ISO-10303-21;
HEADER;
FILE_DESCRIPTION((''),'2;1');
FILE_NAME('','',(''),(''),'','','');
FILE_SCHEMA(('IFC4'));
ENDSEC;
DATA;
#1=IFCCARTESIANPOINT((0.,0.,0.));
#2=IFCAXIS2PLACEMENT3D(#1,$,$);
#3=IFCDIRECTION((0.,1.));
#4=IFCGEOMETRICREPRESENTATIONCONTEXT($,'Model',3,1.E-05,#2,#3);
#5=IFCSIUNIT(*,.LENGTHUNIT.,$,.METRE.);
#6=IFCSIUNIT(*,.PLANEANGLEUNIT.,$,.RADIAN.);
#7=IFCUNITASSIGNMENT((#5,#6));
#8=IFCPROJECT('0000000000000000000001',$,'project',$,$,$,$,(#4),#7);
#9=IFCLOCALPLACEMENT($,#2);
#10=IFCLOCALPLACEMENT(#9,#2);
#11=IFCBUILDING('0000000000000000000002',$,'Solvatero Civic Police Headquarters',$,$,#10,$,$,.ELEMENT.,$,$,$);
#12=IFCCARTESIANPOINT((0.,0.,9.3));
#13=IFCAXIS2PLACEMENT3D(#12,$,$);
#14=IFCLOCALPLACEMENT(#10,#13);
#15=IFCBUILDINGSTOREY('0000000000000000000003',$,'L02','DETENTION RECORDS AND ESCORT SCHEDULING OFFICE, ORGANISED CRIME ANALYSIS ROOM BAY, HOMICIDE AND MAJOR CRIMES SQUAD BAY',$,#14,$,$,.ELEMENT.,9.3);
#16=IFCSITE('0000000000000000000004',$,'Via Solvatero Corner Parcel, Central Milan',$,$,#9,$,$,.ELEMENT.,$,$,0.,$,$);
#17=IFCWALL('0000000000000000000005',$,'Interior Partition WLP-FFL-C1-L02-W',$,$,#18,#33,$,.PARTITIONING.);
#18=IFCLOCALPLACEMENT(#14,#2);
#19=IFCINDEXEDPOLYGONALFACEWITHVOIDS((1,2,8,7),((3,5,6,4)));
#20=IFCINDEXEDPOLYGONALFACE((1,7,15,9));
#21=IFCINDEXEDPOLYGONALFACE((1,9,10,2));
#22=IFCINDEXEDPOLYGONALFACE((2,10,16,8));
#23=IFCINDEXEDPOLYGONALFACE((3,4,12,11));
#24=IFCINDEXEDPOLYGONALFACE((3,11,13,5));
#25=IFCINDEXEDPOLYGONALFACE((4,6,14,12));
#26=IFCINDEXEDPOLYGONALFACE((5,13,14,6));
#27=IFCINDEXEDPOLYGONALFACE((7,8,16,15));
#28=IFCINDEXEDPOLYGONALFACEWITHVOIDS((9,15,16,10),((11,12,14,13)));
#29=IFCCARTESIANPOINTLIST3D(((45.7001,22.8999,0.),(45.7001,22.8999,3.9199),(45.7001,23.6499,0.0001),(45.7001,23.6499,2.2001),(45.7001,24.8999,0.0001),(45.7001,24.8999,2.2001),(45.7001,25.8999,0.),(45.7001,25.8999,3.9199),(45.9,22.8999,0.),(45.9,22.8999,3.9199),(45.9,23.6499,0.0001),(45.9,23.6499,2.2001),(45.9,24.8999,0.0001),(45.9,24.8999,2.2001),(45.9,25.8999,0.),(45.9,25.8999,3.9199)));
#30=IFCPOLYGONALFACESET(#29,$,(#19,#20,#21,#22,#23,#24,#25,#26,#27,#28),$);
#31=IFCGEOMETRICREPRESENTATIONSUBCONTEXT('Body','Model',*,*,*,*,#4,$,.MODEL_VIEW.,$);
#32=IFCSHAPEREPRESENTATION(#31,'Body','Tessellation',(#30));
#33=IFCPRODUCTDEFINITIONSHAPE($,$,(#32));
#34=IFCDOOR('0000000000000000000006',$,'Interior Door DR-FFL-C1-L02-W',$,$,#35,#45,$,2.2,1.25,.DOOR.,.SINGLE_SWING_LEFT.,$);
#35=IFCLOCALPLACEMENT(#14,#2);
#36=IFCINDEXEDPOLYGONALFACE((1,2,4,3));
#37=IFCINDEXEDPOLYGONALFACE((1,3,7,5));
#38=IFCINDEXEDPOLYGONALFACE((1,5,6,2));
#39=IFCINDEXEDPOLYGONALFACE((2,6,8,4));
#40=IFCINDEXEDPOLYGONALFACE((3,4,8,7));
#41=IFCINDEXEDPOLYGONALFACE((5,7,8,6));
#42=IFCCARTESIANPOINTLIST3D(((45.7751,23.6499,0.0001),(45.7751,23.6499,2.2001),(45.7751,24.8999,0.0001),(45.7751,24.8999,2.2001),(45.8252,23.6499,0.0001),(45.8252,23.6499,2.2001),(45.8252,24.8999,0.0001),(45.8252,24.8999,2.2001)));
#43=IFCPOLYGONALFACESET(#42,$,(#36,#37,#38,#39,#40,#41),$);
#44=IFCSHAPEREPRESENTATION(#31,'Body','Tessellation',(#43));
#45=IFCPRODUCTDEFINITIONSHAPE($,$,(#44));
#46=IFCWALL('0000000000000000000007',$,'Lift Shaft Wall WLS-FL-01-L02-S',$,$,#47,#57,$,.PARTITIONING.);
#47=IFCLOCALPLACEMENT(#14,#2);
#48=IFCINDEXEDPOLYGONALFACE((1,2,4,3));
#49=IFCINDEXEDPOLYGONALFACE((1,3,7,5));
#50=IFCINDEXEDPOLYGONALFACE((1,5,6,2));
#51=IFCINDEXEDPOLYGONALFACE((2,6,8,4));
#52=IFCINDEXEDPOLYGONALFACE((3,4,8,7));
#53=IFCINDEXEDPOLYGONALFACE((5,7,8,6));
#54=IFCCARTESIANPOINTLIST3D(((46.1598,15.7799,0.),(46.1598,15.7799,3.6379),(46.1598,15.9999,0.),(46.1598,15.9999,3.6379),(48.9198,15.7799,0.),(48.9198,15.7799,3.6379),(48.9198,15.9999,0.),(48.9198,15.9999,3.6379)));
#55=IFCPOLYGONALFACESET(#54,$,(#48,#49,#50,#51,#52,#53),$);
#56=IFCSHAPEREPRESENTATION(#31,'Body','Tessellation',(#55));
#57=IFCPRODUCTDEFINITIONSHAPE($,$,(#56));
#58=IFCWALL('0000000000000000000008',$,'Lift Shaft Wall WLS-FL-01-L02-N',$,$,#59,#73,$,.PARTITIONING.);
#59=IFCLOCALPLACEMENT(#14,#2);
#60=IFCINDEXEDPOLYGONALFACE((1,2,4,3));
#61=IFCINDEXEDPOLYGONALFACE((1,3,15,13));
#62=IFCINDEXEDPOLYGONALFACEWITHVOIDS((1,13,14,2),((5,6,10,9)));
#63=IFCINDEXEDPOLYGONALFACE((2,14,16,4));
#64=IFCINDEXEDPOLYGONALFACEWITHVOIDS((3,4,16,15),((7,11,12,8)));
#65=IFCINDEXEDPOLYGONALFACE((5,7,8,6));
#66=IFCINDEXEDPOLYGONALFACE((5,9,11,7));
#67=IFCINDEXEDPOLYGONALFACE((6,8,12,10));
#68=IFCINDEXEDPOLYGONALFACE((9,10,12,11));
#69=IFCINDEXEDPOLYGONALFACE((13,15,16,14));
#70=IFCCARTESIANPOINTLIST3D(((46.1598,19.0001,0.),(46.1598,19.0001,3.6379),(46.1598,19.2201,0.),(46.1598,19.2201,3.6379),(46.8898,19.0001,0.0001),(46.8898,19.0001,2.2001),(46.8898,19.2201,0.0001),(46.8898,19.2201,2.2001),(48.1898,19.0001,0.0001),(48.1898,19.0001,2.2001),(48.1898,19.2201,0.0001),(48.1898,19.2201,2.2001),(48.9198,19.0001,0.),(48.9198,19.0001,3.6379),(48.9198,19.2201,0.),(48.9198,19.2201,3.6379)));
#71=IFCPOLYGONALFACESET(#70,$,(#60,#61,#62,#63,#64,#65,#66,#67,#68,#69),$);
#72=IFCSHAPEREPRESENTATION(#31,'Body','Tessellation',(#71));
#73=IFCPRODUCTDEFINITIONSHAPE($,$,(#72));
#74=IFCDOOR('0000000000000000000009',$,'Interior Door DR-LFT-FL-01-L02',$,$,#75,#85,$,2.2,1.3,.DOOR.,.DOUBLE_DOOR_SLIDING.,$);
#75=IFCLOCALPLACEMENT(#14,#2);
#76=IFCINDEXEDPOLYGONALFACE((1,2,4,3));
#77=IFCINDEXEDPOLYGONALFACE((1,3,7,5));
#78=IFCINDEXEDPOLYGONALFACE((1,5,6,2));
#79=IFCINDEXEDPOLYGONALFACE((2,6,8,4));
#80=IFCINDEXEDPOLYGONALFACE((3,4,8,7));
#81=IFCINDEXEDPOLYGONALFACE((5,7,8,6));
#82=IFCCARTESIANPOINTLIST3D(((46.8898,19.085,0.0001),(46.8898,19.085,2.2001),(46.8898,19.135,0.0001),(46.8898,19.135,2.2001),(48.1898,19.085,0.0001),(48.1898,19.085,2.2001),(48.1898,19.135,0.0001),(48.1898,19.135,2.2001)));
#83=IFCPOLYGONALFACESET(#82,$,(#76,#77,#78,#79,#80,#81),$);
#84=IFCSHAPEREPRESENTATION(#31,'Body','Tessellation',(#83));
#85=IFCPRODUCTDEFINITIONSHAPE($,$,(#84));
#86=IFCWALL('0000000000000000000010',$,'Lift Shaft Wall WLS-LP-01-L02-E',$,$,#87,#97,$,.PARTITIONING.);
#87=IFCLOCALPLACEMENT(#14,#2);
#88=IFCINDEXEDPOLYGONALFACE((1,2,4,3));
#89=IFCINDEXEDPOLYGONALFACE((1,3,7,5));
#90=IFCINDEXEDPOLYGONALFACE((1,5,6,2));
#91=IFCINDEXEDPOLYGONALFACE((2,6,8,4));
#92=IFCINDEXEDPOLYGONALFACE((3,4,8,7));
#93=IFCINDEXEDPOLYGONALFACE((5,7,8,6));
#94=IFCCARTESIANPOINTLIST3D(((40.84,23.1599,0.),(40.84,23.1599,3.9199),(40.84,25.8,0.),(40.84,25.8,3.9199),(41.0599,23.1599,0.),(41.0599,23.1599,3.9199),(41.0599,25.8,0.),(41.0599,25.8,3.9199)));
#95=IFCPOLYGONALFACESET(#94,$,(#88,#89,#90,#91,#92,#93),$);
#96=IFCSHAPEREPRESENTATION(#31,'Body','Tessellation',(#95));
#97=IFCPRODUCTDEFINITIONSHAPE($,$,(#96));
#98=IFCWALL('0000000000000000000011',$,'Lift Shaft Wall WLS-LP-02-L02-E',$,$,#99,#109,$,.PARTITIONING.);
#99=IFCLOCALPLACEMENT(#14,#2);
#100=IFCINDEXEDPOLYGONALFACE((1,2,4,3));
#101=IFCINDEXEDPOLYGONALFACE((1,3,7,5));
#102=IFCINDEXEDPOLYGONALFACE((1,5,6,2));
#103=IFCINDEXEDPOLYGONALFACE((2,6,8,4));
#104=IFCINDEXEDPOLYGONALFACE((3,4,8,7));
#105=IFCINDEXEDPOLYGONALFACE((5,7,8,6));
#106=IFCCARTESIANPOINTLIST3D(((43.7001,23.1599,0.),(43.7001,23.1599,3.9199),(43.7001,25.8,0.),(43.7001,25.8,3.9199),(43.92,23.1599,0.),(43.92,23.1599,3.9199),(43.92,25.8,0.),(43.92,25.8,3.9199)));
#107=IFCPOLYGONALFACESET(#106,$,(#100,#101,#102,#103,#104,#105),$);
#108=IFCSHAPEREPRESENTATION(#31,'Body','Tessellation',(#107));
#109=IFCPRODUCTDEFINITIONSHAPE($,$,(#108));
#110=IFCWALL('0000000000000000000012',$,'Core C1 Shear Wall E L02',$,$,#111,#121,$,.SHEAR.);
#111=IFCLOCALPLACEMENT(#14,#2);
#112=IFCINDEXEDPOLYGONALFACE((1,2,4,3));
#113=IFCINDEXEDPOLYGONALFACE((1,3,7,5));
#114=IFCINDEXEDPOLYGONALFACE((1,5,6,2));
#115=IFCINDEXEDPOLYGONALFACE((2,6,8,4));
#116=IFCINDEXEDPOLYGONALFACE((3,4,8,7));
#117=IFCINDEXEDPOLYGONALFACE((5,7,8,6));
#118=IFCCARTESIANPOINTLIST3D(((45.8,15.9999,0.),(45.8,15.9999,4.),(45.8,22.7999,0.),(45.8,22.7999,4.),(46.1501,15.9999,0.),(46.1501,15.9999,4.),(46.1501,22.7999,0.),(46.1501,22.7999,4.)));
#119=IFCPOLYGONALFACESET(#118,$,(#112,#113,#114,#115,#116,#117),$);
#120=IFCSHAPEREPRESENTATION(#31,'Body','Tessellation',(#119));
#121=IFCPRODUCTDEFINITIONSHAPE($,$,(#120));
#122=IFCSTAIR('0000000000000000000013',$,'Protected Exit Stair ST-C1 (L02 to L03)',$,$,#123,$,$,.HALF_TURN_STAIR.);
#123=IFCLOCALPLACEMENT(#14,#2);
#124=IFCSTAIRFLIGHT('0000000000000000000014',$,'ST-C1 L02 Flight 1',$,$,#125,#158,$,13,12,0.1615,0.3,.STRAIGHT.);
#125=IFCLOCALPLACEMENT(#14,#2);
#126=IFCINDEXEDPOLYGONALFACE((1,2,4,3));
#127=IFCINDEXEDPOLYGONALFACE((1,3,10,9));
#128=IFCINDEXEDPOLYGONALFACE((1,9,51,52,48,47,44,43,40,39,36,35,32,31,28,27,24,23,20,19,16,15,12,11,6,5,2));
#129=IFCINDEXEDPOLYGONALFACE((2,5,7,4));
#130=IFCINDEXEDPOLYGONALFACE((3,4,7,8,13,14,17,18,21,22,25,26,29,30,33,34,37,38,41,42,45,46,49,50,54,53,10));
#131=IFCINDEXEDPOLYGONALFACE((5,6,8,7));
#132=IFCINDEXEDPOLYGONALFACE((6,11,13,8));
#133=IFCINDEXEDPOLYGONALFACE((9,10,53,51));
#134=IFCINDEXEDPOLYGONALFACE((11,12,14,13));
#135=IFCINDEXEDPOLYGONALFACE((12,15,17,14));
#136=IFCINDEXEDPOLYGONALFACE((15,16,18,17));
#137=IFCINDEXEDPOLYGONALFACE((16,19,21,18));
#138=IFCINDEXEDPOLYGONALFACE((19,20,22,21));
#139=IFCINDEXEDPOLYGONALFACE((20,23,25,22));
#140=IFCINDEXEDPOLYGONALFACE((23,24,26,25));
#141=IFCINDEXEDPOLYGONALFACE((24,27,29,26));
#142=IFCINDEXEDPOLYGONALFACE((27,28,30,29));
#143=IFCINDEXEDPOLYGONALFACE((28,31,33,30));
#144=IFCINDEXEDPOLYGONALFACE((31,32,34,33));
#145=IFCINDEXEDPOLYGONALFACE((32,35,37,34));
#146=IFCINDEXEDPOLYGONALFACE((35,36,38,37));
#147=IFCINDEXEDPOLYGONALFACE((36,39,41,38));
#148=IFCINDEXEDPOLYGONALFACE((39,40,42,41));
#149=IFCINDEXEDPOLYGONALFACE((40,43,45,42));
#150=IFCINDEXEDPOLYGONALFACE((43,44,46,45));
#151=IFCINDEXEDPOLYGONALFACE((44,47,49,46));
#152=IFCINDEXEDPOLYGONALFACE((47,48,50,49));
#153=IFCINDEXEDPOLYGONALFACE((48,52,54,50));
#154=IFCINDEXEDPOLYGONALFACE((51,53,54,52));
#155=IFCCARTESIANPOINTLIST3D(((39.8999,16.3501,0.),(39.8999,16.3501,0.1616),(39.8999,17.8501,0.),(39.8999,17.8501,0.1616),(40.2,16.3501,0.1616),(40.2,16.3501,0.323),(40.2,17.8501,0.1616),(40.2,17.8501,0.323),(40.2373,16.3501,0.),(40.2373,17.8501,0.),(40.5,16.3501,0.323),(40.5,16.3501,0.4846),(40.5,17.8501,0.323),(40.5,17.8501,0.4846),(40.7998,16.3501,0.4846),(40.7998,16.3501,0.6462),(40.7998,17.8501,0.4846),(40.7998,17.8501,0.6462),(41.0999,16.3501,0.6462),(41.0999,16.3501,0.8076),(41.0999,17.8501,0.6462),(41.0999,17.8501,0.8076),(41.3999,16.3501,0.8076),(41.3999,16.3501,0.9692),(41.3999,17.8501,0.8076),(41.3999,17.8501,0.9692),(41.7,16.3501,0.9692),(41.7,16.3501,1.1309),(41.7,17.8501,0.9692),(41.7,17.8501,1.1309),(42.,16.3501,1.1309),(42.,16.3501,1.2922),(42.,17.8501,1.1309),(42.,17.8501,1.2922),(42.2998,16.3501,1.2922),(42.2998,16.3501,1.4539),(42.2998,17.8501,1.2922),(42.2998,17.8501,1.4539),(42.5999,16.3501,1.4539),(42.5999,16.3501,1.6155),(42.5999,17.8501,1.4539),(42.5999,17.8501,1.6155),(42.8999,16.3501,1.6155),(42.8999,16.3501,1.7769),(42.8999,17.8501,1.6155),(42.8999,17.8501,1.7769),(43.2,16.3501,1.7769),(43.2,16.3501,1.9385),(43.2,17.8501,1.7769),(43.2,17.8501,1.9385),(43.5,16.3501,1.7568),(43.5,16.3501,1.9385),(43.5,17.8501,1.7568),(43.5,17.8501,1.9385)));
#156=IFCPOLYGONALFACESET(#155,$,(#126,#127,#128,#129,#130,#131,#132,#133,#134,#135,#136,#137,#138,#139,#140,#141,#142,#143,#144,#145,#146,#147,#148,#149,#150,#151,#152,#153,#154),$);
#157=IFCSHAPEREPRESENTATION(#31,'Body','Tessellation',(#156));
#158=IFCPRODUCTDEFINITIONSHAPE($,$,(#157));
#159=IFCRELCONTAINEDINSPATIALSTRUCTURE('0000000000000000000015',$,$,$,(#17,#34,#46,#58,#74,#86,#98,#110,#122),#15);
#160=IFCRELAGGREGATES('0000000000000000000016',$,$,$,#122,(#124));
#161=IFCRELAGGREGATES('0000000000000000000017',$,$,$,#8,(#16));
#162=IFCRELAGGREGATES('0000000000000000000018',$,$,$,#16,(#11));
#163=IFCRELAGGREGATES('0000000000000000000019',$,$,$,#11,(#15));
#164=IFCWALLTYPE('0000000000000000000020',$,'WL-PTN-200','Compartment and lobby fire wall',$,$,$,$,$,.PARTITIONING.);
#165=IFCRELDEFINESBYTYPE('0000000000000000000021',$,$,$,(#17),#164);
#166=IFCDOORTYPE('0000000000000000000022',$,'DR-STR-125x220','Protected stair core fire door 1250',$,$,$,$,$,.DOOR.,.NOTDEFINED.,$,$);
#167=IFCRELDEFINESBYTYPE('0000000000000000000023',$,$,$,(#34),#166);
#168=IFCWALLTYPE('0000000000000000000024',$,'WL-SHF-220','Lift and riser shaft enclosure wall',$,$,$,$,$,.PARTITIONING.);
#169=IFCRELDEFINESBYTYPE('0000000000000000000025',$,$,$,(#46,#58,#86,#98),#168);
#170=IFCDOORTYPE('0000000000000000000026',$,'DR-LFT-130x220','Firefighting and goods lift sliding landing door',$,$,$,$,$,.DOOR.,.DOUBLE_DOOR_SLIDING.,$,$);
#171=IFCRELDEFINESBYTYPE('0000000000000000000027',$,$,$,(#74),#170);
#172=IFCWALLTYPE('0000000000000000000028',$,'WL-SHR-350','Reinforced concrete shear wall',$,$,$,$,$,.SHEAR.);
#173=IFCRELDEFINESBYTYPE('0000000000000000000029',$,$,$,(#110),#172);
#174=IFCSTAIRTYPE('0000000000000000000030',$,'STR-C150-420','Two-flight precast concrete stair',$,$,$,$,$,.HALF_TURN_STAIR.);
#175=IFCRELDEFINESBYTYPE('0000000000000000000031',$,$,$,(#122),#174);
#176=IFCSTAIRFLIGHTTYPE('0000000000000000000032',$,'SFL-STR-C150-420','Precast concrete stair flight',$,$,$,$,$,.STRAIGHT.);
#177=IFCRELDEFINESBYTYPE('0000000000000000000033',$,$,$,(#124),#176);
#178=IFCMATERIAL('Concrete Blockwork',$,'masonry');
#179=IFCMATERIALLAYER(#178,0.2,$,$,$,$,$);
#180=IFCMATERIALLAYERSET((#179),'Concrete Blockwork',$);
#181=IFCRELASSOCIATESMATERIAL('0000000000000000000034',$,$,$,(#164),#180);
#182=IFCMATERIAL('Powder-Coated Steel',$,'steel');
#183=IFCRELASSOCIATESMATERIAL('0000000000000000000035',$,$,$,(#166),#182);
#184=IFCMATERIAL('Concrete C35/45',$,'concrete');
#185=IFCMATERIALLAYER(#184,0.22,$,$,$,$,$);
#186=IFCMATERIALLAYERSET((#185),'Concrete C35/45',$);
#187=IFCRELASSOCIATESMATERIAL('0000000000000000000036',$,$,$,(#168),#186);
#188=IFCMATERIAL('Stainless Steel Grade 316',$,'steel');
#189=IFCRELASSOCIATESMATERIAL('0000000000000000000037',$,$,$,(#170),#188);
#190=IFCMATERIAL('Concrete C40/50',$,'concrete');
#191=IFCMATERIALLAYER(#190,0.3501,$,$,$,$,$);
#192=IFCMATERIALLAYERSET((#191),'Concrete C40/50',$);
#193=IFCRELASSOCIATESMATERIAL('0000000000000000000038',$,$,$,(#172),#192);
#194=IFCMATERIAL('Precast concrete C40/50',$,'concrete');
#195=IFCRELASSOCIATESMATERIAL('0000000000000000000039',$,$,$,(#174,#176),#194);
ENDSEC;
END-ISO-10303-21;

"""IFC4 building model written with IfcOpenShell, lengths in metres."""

from ifc_helpers import new_model, si_unit, direction, frame, frame_2d, origin, place, context, subcontext, project, spatial, polyline, rectangle, outline, extrude, material, layer, layer_set, type_object, element, fill, aggregate, save


model = new_model("IFC4")

# Units and contexts
model_context = context("Model", 3, precision=1e-05, world=origin(), true_north=direction((0.0, 1.0)))
body_context = subcontext(model_context, "Body", "Model", "MODEL_VIEW")
ifc_project = project(units=[si_unit("LENGTHUNIT", "METRE"), si_unit("PLANEANGLEUNIT", "RADIAN")], contexts=[model_context])

# Site, building, storey
site_placement = place(None, origin())
site = spatial("IfcSite", under=ifc_project, at=site_placement, Name="Via Solvatero Corner Parcel, Central Milan", CompositionType="ELEMENT", RefElevation=0.0)
building_placement = place(site_placement, origin())
building = spatial("IfcBuilding", under=site, at=building_placement, Name="Solvatero Civic Police Headquarters", CompositionType="ELEMENT")
storey_placement = place(building_placement, frame((0.0, 0.0, 9.3)))
storey = spatial("IfcBuildingStorey", under=building, at=storey_placement, Name="L02", Description="DETENTION RECORDS AND ESCORT SCHEDULING OFFICE, ORGANISED CRIME ANALYSIS ROOM BAY, HOMICIDE AND MAJOR CRIMES SQUAD BAY", CompositionType="ELEMENT", Elevation=9.3)

# Wall, opening, door
ifc_material_1 = material(Name="Concrete Blockwork", Category="masonry")
ifc_layer_1 = layer(ifc_material_1, 0.2)
ifc_layer_set_1 = layer_set([ifc_layer_1], Name="Concrete Blockwork")
wall_type_1 = type_object("IfcWallType", Name="WL-PTN-200", Description="Compartment and lobby fire wall", PredefinedType="PARTITIONING", material=ifc_layer_set_1)
wall_1_placement = place(storey_placement, frame((45.8, 22.8999, 0.0), z_axis=(0.0, 0.0, 1.0), x_axis=(0.0, 1.0, 0.0)))
wall_1 = element("IfcWall", 1, at=wall_1_placement, inside=storey, type_object=wall_type_1, Name="Interior Partition WLP-FFL-C1-L02-W", PredefinedType="PARTITIONING", context=body_context, shape_type="SweptSolid", body=[
    extrude(rectangle(XDim=3.0, YDim=0.2, at=frame_2d((1.5, 0.0))), origin(), (0.0, 0.0, 1.0), 3.9199),
])
opening_1_placement = place(wall_1_placement, frame((0.75, 0.0, 0.0)))
opening_1 = element("IfcOpeningElement", 2, at=opening_1_placement, cuts=wall_1, PredefinedType="OPENING", context=body_context, shape_type="SweptSolid", body=[
    extrude(rectangle(XDim=1.25, YDim=2.2, at=frame_2d((0.625, 1.1001))), frame((0.0, 0.1099, 0.0), z_axis=(0.0, -1.0, 0.0), x_axis=(1.0, 0.0, 0.0)), (0.0, 0.0, 1.0), 0.22),
])
ifc_material_2 = material(Name="Powder-Coated Steel", Category="steel")
door_type_1 = type_object("IfcDoorType", Name="DR-STR-125x220", Description="Protected stair core fire door 1250", OperationType="NOTDEFINED", PredefinedType="DOOR", material=ifc_material_2)
door_1_placement = place(opening_1_placement, origin())
door_1 = element("IfcDoor", 3, at=door_1_placement, inside=storey, type_object=door_type_1, Name="Interior Door DR-FFL-C1-L02-W", OperationType="SINGLE_SWING_LEFT", OverallHeight=2.2, OverallWidth=1.25, PredefinedType="DOOR", context=body_context, shape_type="SweptSolid", body=[
    extrude(rectangle(XDim=1.25, YDim=2.2, at=frame_2d((0.625, 1.1001))), frame((0.0, 0.0249, 0.0), z_axis=(0.0, -1.0, 0.0), x_axis=(1.0, 0.0, 0.0)), (0.0, 0.0, 1.0), 0.05),
])
fill(opening_1, door_1)

# Wall
ifc_material_3 = material(Name="Concrete C35/45", Category="concrete")
ifc_layer_2 = layer(ifc_material_3, 0.22)
ifc_layer_set_2 = layer_set([ifc_layer_2], Name="Concrete C35/45")
wall_type_2 = type_object("IfcWallType", Name="WL-SHF-220", Description="Lift and riser shaft enclosure wall", PredefinedType="PARTITIONING", material=ifc_layer_set_2)
wall_2_placement = place(storey_placement, frame((46.1599, 15.8899, 0.0), z_axis=(0.0, 0.0, 1.0), x_axis=(1.0, 0.0, 0.0)))
element("IfcWall", 4, at=wall_2_placement, inside=storey, type_object=wall_type_2, Name="Lift Shaft Wall WLS-FL-01-L02-S", PredefinedType="PARTITIONING", context=body_context, shape_type="SweptSolid", body=[
    extrude(rectangle(XDim=2.76, YDim=0.22, at=frame_2d((1.3799, 0.0))), origin(), (0.0, 0.0, 1.0), 3.6379),
])

# Wall, opening, door
wall_3_placement = place(storey_placement, frame((46.1599, 19.1101, 0.0), z_axis=(0.0, 0.0, 1.0), x_axis=(1.0, 0.0, 0.0)))
wall_3 = element("IfcWall", 5, at=wall_3_placement, inside=storey, type_object=wall_type_2, Name="Lift Shaft Wall WLS-FL-01-L02-N", PredefinedType="PARTITIONING", context=body_context, shape_type="SweptSolid", body=[
    extrude(rectangle(XDim=2.76, YDim=0.22, at=frame_2d((1.3799, 0.0))), origin(), (0.0, 0.0, 1.0), 3.6379),
])
opening_2_placement = place(wall_3_placement, frame((0.73, 0.0, 0.0)))
opening_2 = element("IfcOpeningElement", 6, at=opening_2_placement, cuts=wall_3, PredefinedType="OPENING", context=body_context, shape_type="SweptSolid", body=[
    extrude(rectangle(XDim=1.3, YDim=2.2, at=frame_2d((0.6499, 1.1001))), frame((0.0, 0.1199, 0.0), z_axis=(0.0, -1.0, 0.0), x_axis=(1.0, 0.0, 0.0)), (0.0, 0.0, 1.0), 0.24),
])
ifc_material_4 = material(Name="Stainless Steel Grade 316", Category="steel")
door_type_2 = type_object("IfcDoorType", Name="DR-LFT-130x220", Description="Firefighting and goods lift sliding landing door", OperationType="DOUBLE_DOOR_SLIDING", PredefinedType="DOOR", material=ifc_material_4)
door_2_placement = place(opening_2_placement, origin())
door_2 = element("IfcDoor", 7, at=door_2_placement, inside=storey, type_object=door_type_2, Name="Interior Door DR-LFT-FL-01-L02", OperationType="DOUBLE_DOOR_SLIDING", OverallHeight=2.2, OverallWidth=1.3, PredefinedType="DOOR", context=body_context, shape_type="SweptSolid", body=[
    extrude(rectangle(XDim=1.3, YDim=2.2, at=frame_2d((0.6499, 1.1001))), frame((0.0, 0.0249, 0.0), z_axis=(0.0, -1.0, 0.0), x_axis=(1.0, 0.0, 0.0)), (0.0, 0.0, 1.0), 0.05),
])
fill(opening_2, door_2)

# Walls
for number, where, z_axis, x_axis, name in (
    (8, (40.95, 23.1599, 0.0), (0.0, 0.0, 1.0), (0.0, 1.0, 0.0), "Lift Shaft Wall WLS-LP-01-L02-E"),
    (9, (43.8101, 23.1599, 0.0), (0.0, 0.0, 1.0), (0.0, 1.0, 0.0), "Lift Shaft Wall WLS-LP-02-L02-E"),
):
    element("IfcWall", number, at=place(storey_placement, frame(where, z_axis=z_axis, x_axis=x_axis)), inside=storey, type_object=wall_type_2, Name=name, PredefinedType="PARTITIONING", context=body_context, shape_type="SweptSolid", body=[
        extrude(rectangle(XDim=2.6401, YDim=0.22, at=frame_2d((1.3201, 0.0))), origin(), (0.0, 0.0, 1.0), 3.9199),
    ])
ifc_material_5 = material(Name="Concrete C40/50", Category="concrete")
ifc_layer_3 = layer(ifc_material_5, 0.3501)
ifc_layer_set_3 = layer_set([ifc_layer_3], Name="Concrete C40/50")
wall_type_3 = type_object("IfcWallType", Name="WL-SHR-350", Description="Reinforced concrete shear wall", PredefinedType="SHEAR", material=ifc_layer_set_3)
wall_4_placement = place(storey_placement, frame((45.9751, 16.0, 0.0), z_axis=(0.0, 0.0, 1.0), x_axis=(0.0, 1.0, 0.0)))
element("IfcWall", 10, at=wall_4_placement, inside=storey, type_object=wall_type_3, Name="Core C1 Shear Wall E L02", PredefinedType="SHEAR", context=body_context, shape_type="SweptSolid", body=[
    extrude(rectangle(XDim=6.8, YDim=0.3501, at=frame_2d((3.3999, 0.0))), origin(), (0.0, 0.0, 1.0), 4.0),
])

# Stair, stair flight
ifc_material_6 = material(Name="Precast concrete C40/50", Category="concrete")
stair_type_1 = type_object("IfcStairType", Name="STR-C150-420", Description="Two-flight precast concrete stair", PredefinedType="HALF_TURN_STAIR", material=ifc_material_6)
stair_1_placement = place(storey_placement, origin())
stair_1 = element("IfcStair", 11, at=stair_1_placement, inside=storey, type_object=stair_type_1, Name="Protected Exit Stair ST-C1 (L02 to L03)", PredefinedType="HALF_TURN_STAIR")
stair_flight_type_1 = type_object("IfcStairFlightType", Name="SFL-STR-C150-420", Description="Precast concrete stair flight", PredefinedType="STRAIGHT", material=ifc_material_6)
stair_flight_1_placement = place(storey_placement, frame((39.8999, 17.1001, 0.0), z_axis=(0.0, 0.0, 1.0), x_axis=(1.0, 0.0, 0.0)))
stair_flight_1 = element("IfcStairFlight", 12, at=stair_flight_1_placement, type_object=stair_flight_type_1, Name="ST-C1 L02 Flight 1", NumberOfRisers=13, NumberOfTreads=12, PredefinedType="STRAIGHT", RiserHeight=0.1615, TreadLength=0.3, context=body_context, shape_type="SweptSolid", body=[
    extrude(outline(polyline([(0.0, 0.0), (0.0, 0.1616), (0.3, 0.1616), (0.3, 0.323), (0.6001, 0.323), (0.6001, 0.4846), (0.8999, 0.4846), (0.8999, 0.6462), (1.2, 0.6462), (1.2, 0.8076), (1.5, 0.8076), (1.5, 0.9692), (1.8, 0.9692), (1.8, 1.1309), (2.1001, 1.1309), (2.1001, 1.2922), (2.3999, 1.2922), (2.3999, 1.4539), (2.7, 1.4539), (2.7, 1.6155), (3.0, 1.6155), (3.0, 1.7769), (3.3, 1.7769), (3.3, 1.9385), (3.6001, 1.9385), (3.6001, 2.1001), (3.6001, 1.7568), (0.3374, 0.0), (0.0, 0.0)])), frame((0.0, 0.75, 0.0), z_axis=(0.0, -1.0, 0.0), x_axis=(1.0, 0.0, 0.0)), (0.0, 0.0, 1.0), 1.5),
])
aggregate(stair_1, [stair_flight_1])

save(model, "model.ifc")
